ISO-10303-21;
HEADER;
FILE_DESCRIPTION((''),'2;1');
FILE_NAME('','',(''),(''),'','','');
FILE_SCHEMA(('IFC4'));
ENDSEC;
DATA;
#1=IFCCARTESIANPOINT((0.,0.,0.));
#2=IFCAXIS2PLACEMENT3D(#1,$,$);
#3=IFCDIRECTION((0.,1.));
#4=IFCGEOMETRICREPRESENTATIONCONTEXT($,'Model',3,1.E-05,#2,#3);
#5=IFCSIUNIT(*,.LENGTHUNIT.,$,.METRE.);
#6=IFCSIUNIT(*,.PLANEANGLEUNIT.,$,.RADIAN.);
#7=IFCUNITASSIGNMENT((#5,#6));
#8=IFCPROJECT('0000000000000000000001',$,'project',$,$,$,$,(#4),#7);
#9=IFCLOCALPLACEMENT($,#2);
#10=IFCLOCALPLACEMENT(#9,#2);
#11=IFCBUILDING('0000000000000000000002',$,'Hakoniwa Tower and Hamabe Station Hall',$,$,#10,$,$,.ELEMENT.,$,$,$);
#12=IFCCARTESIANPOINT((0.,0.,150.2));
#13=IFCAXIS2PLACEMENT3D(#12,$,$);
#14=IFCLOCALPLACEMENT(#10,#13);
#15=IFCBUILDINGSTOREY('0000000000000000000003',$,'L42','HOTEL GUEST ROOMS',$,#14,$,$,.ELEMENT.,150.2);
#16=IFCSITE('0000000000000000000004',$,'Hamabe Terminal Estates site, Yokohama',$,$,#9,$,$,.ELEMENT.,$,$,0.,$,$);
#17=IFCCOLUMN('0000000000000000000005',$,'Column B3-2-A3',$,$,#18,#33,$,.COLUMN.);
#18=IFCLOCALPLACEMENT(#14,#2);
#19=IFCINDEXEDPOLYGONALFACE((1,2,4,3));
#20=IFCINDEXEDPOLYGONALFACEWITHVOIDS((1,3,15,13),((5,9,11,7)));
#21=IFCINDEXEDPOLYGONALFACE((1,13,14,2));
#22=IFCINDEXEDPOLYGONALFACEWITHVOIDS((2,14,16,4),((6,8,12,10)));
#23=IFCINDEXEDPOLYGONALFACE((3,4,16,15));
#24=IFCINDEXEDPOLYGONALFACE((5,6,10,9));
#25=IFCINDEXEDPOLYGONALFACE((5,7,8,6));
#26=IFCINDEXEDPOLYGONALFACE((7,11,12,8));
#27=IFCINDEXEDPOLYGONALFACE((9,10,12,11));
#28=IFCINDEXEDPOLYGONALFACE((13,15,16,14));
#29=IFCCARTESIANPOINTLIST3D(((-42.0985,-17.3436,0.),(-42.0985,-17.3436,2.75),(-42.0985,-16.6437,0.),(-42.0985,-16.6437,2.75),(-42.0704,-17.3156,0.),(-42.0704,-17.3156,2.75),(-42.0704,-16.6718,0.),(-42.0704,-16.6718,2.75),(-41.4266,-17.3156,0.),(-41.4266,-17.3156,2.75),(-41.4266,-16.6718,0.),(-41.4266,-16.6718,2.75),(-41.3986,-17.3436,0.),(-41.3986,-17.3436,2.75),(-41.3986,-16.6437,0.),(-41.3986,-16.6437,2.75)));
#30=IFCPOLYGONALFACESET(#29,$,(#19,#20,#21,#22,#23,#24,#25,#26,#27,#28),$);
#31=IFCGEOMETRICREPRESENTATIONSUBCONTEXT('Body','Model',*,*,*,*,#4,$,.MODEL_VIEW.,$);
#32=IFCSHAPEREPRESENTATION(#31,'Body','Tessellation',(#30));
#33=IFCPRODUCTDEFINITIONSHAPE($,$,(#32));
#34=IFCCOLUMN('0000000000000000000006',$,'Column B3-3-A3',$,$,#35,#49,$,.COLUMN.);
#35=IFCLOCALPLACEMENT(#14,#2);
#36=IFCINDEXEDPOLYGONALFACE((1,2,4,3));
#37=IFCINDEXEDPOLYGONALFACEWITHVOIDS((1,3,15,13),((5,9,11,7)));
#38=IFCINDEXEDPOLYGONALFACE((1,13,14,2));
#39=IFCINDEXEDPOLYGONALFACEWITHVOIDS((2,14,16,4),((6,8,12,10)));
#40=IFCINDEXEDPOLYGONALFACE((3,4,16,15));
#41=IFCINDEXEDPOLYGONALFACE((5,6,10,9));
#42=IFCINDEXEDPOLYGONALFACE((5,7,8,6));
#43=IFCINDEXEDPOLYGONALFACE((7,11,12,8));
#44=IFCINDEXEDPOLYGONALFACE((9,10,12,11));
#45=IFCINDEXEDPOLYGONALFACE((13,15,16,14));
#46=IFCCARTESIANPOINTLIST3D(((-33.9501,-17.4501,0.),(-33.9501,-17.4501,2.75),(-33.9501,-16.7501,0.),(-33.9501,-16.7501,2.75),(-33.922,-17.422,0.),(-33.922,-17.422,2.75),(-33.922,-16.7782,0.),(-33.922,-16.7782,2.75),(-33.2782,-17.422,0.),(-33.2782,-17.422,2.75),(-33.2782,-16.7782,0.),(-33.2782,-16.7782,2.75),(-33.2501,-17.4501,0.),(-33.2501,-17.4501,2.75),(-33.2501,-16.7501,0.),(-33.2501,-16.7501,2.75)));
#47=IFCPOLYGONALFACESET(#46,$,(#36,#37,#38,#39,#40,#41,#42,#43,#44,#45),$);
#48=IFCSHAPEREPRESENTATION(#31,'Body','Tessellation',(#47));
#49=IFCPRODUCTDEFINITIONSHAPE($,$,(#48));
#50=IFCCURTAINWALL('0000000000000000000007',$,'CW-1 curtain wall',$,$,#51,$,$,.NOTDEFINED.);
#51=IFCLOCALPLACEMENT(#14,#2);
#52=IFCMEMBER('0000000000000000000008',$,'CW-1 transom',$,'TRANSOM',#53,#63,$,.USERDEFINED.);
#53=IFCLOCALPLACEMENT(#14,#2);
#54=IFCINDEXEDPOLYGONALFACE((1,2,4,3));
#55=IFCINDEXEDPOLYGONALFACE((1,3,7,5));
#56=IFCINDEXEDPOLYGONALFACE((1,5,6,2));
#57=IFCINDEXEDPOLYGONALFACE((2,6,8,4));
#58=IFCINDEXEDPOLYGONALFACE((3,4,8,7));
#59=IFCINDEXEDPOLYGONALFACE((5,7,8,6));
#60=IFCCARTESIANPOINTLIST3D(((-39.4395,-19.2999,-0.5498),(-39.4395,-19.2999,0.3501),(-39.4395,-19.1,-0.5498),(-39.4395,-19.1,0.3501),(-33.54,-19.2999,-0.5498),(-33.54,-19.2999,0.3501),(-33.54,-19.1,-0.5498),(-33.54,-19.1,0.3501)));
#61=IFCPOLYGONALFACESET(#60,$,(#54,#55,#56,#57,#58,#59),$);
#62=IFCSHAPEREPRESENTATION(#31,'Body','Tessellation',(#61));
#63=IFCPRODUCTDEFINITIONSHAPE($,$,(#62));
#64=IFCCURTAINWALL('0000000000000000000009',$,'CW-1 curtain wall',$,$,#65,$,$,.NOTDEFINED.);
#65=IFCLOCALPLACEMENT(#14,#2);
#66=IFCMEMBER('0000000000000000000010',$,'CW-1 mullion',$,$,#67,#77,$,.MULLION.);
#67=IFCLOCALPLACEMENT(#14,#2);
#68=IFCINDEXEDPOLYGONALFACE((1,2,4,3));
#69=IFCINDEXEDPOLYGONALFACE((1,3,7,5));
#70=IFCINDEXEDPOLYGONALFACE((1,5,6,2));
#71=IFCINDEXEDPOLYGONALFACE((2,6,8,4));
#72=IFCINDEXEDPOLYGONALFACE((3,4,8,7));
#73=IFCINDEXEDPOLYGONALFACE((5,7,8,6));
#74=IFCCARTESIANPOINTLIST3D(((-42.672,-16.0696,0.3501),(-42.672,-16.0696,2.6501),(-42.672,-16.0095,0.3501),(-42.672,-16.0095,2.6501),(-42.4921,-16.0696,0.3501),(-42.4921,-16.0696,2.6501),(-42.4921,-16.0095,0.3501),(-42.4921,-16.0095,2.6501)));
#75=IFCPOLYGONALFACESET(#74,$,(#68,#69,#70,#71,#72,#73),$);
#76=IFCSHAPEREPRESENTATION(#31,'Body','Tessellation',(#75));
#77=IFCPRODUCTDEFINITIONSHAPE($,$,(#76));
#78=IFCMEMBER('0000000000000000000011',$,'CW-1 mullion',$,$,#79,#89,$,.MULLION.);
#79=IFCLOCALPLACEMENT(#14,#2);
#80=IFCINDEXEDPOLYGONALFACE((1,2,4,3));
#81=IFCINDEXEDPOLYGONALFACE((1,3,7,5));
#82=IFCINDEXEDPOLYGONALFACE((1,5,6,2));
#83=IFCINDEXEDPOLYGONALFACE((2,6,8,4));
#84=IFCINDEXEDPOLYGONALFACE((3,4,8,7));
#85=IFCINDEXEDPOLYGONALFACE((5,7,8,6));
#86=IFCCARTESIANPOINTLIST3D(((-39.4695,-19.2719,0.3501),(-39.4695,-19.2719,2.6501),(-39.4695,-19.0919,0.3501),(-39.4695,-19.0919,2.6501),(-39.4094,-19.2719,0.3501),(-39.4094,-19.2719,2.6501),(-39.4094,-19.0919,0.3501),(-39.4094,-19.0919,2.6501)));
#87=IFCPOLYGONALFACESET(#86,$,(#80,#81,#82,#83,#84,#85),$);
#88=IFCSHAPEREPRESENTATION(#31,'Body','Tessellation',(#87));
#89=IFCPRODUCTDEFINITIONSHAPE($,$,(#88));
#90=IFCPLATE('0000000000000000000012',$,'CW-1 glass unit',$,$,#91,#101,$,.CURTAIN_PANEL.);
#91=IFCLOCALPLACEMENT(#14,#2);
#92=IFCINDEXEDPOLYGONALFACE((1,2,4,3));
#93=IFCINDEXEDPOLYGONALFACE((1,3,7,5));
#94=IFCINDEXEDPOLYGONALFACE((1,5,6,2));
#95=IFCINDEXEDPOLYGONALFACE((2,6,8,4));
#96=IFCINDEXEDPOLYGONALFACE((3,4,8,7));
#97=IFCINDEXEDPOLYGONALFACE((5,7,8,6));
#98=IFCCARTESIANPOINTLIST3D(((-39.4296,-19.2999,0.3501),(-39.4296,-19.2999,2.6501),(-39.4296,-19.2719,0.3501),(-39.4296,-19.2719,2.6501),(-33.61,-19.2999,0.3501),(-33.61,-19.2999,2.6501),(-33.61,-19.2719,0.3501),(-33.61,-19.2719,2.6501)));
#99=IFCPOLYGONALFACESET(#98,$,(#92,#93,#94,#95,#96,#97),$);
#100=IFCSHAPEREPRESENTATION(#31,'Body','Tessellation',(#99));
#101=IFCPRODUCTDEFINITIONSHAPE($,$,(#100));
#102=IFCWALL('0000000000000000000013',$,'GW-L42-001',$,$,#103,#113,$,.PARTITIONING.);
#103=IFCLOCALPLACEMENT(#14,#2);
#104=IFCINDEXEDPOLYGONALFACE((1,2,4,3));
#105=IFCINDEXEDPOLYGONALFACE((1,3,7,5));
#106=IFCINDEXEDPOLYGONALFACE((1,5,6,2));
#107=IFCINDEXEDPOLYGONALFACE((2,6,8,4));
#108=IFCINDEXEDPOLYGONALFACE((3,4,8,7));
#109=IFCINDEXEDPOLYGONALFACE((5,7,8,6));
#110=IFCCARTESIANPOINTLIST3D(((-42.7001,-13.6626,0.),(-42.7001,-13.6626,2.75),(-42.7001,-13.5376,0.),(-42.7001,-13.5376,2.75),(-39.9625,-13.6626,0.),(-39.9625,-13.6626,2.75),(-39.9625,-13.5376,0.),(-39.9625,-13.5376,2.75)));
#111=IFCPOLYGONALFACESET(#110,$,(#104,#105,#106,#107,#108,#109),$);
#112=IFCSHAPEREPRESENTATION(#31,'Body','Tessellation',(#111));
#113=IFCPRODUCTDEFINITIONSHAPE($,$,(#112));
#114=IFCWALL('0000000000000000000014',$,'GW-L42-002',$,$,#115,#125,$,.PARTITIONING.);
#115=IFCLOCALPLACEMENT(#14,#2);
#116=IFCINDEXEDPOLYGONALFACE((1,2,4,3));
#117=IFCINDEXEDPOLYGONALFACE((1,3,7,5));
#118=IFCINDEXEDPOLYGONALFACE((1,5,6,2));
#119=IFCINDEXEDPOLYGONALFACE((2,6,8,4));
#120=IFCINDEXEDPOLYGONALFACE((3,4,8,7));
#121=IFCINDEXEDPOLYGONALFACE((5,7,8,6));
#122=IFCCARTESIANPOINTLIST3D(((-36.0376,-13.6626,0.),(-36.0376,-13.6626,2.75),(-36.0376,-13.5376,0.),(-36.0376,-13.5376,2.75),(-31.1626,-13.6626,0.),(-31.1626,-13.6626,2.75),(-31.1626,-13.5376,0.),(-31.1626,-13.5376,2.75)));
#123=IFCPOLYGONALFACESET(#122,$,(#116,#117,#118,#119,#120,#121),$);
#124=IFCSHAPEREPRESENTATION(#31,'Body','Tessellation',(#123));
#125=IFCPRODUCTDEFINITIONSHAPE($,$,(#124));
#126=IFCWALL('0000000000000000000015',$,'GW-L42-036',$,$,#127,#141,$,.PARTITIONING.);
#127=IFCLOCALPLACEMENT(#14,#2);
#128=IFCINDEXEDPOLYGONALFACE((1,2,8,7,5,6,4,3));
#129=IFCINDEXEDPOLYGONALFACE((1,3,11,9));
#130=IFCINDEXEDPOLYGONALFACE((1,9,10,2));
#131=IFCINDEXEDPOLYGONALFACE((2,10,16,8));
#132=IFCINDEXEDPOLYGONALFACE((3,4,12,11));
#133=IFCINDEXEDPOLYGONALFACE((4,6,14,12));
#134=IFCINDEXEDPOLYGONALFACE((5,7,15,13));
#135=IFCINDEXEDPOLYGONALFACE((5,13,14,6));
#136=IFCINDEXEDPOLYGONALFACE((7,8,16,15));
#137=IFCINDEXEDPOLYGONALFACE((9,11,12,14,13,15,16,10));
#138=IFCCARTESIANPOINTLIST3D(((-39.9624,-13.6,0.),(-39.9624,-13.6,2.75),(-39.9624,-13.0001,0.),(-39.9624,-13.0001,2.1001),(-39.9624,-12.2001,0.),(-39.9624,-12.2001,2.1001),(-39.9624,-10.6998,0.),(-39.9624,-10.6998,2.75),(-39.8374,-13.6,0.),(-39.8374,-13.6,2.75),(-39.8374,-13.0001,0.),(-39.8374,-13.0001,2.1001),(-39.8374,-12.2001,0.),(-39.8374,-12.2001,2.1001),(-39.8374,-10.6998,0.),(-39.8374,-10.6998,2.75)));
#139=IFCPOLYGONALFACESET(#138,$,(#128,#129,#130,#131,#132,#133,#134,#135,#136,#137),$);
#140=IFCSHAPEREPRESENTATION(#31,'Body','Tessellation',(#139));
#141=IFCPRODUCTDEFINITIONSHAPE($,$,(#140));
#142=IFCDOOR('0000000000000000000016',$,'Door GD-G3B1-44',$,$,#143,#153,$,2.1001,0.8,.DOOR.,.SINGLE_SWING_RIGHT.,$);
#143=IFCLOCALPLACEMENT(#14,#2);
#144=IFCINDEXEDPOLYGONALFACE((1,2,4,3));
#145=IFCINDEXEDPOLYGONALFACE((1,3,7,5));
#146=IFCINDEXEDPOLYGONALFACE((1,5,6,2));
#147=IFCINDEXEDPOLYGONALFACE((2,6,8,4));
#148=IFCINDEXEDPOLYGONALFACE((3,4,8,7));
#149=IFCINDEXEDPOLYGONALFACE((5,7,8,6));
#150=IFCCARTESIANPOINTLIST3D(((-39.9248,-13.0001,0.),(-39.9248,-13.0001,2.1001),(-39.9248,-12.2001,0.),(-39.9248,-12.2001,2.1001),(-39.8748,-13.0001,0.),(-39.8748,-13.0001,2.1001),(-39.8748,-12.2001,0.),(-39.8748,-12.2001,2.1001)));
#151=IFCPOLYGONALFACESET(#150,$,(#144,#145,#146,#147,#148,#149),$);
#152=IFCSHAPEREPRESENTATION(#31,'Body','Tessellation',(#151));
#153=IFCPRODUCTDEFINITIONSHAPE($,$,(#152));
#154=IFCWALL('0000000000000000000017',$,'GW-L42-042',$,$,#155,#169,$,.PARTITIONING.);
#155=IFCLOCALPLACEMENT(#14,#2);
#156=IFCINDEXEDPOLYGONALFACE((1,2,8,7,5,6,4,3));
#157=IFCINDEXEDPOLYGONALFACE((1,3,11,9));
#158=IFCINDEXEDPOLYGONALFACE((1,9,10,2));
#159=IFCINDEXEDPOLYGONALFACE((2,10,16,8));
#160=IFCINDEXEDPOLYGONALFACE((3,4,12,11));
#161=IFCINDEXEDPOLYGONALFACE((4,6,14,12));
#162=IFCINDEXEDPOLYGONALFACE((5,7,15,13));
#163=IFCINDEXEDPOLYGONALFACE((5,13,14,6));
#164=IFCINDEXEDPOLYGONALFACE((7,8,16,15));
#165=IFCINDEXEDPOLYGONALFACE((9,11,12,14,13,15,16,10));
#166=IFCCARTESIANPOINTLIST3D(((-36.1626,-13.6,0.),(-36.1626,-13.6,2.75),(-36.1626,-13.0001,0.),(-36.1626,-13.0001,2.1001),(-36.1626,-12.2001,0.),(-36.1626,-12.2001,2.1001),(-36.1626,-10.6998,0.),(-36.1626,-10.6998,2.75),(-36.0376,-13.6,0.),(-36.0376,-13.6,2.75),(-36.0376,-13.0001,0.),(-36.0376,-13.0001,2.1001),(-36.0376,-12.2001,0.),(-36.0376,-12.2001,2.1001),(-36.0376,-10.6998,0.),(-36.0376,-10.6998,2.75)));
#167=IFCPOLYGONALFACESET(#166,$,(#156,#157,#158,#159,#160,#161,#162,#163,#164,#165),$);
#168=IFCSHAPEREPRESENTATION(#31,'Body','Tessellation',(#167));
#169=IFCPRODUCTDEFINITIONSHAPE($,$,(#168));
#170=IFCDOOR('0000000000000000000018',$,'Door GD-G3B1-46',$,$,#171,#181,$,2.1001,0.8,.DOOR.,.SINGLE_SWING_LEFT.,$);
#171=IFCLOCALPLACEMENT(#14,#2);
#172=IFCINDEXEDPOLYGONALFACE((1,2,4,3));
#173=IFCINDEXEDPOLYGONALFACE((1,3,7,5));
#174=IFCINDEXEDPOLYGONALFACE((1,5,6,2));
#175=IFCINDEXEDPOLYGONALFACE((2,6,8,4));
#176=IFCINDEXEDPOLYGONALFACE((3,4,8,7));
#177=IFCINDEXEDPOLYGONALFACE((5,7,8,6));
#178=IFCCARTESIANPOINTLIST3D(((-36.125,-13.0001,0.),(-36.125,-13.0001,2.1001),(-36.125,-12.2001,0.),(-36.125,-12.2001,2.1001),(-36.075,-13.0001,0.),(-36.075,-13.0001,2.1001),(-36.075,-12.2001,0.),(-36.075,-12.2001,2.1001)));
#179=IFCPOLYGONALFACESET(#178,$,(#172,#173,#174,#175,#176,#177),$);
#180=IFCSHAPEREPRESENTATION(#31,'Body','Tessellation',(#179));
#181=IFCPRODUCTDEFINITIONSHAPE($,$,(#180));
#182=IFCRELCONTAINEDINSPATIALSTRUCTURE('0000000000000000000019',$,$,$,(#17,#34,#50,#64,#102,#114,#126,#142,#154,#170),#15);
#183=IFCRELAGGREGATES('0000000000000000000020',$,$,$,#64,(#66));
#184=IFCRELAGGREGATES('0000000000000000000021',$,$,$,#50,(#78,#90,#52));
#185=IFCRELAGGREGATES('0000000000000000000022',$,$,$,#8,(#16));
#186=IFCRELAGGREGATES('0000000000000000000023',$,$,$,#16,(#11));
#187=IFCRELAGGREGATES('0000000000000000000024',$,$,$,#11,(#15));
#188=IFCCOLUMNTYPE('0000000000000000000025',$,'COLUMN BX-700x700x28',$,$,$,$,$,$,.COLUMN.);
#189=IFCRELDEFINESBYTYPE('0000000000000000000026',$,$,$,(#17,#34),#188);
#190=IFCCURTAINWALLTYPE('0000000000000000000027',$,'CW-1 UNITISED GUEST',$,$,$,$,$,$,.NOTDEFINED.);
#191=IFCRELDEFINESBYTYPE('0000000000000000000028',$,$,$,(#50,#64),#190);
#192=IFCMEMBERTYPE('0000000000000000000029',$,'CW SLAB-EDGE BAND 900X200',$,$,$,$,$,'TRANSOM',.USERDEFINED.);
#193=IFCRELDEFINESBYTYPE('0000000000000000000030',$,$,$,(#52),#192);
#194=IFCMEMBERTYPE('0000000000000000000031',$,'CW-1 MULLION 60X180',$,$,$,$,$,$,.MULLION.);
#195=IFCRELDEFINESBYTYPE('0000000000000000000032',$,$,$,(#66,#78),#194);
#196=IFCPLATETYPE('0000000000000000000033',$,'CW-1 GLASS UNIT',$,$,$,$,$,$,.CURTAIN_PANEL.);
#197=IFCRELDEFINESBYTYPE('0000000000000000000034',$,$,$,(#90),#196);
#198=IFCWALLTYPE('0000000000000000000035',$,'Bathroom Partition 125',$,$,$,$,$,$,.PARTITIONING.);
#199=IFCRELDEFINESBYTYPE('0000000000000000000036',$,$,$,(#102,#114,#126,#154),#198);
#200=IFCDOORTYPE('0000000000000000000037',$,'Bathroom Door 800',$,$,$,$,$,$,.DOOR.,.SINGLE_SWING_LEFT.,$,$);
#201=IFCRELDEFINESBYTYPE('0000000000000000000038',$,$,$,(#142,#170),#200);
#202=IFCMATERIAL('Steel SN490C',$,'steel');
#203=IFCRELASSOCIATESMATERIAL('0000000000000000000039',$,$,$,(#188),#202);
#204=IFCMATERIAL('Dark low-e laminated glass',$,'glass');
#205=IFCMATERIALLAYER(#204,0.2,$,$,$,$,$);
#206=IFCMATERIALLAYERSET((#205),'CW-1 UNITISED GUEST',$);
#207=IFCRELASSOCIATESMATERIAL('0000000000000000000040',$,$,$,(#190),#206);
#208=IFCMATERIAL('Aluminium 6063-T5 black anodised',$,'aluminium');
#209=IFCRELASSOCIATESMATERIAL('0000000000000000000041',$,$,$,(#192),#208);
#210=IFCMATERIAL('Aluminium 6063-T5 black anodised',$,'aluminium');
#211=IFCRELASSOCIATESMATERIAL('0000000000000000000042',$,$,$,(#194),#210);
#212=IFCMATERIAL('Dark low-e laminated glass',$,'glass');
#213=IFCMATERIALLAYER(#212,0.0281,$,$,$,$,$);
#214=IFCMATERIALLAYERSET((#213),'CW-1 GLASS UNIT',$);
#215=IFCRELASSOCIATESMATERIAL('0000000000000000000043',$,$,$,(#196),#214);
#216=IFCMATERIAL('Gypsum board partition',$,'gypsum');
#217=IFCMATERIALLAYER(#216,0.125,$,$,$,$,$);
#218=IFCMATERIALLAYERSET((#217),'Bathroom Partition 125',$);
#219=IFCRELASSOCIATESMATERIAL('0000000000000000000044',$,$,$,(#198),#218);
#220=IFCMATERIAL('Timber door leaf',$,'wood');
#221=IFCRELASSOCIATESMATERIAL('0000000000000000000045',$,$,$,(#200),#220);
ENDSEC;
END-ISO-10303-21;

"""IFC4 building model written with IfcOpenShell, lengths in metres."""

from ifc_helpers import new_model, si_unit, direction, frame, frame_2d, origin, origin_2d, place, context, subcontext, project, spatial, rectangle, hollow_rectangle, extrude, material, layer, layer_set, material_profile, profile_set, type_object, element, fill, aggregate, save


model = new_model("IFC4")

# Units and contexts
model_context = context("Model", 3, precision=1e-05, world=origin(), true_north=direction((0.0, 1.0)))
body_context = subcontext(model_context, "Body", "Model", "MODEL_VIEW")
ifc_project = project(units=[si_unit("LENGTHUNIT", "METRE"), si_unit("PLANEANGLEUNIT", "RADIAN")], contexts=[model_context])

# Site, building, storey
site_placement = place(None, origin())
site = spatial("IfcSite", under=ifc_project, at=site_placement, Name="Hamabe Terminal Estates site, Yokohama", CompositionType="ELEMENT", RefElevation=0.0)
building_placement = place(site_placement, origin())
building = spatial("IfcBuilding", under=site, at=building_placement, Name="Hakoniwa Tower and Hamabe Station Hall", CompositionType="ELEMENT")
storey_placement = place(building_placement, frame((0.0, 0.0, 150.2)))
storey = spatial("IfcBuildingStorey", under=building, at=storey_placement, Name="L42", Description="HOTEL GUEST ROOMS", CompositionType="ELEMENT", Elevation=150.2)

# Columns
ifc_material_1 = material(Name="Steel SN490C", Category="steel")
ifc_material_profile_1 = material_profile(ifc_material_1, hollow_rectangle(XDim=0.7, YDim=0.7, WallThickness=0.0281, at=origin_2d()), Name="BX-700x700x28")
ifc_profile_set_1 = profile_set([ifc_material_profile_1], Name="Steel SN490C")
column_type = type_object("IfcColumnType", Name="COLUMN BX-700x700x28", PredefinedType="COLUMN", material=ifc_profile_set_1)
for number, where, z_axis, x_axis, name in (
    (1, (-41.7485, -16.9937, 0.0), (0.0, 0.0, 1.0), (1.0, 0.0, 0.0), "Column B3-2-A3"),
    (2, (-33.6001, -17.1001, 0.0), (0.0, 0.0, 1.0), (1.0, 0.0, 0.0), "Column B3-3-A3"),
):
    element("IfcColumn", number, at=place(storey_placement, frame(where, z_axis=z_axis, x_axis=x_axis)), inside=storey, type_object=column_type, Name=name, PredefinedType="COLUMN", context=body_context, shape_type="SweptSolid", body=[
        extrude(hollow_rectangle(XDim=0.7, YDim=0.7, WallThickness=0.0281, at=origin_2d()), origin(), (0.0, 0.0, 1.0), 2.75),
    ])

# Curtain walls, members
ifc_material_2 = material(Name="Dark low-e laminated glass", Category="glass")
ifc_layer_1 = layer(ifc_material_2, 0.2)
ifc_layer_set_1 = layer_set([ifc_layer_1], Name="CW-1 UNITISED GUEST")
curtain_wall_type = type_object("IfcCurtainWallType", Name="CW-1 UNITISED GUEST", PredefinedType="NOTDEFINED", material=ifc_layer_set_1)
curtain_wall_1_placement = place(storey_placement, origin())
curtain_wall_1 = element("IfcCurtainWall", 3, at=curtain_wall_1_placement, inside=storey, type_object=curtain_wall_type, Name="CW-1 curtain wall", PredefinedType="NOTDEFINED")
ifc_material_3 = material(Name="Aluminium 6063-T5 black anodised", Category="aluminium")
ifc_material_profile_2 = material_profile(ifc_material_3, rectangle(XDim=0.2, YDim=0.8999, at=origin_2d()), Name="CW SLAB-EDGE BAND 900X200")
ifc_profile_set_2 = profile_set([ifc_material_profile_2], Name="Aluminium 6063-T5 black anodised")
member_type_1 = type_object("IfcMemberType", Name="CW SLAB-EDGE BAND 900X200", ElementType="TRANSOM", PredefinedType="USERDEFINED", material=ifc_profile_set_2)
member_1_placement = place(storey_placement, frame((-39.4395, -19.2, -0.0999), z_axis=(1.0, 0.0, 0.0), x_axis=(0.0, 1.0, 0.0)))
member_1 = element("IfcMember", 4, at=member_1_placement, type_object=member_type_1, Name="CW-1 transom", ObjectType="TRANSOM", PredefinedType="USERDEFINED", context=body_context, shape_type="SweptSolid", body=[
    extrude(rectangle(XDim=0.2, YDim=0.8999, at=origin_2d()), origin(), (0.0, 0.0, 1.0), 5.8994),
])
curtain_wall_2_placement = place(storey_placement, origin())
curtain_wall_2 = element("IfcCurtainWall", 5, at=curtain_wall_2_placement, inside=storey, type_object=curtain_wall_type, Name="CW-1 curtain wall", PredefinedType="NOTDEFINED")
ifc_material_4 = material(Name="Aluminium 6063-T5 black anodised", Category="aluminium")
ifc_material_profile_3 = material_profile(ifc_material_4, rectangle(XDim=0.0601, YDim=0.1799, at=origin_2d()), Name="CW-1 MULLION 60X180")
ifc_profile_set_3 = profile_set([ifc_material_profile_3], Name="Aluminium 6063-T5 black anodised")
member_type_2 = type_object("IfcMemberType", Name="CW-1 MULLION 60X180", PredefinedType="MULLION", material=ifc_profile_set_3)
member_2_placement = place(storey_placement, frame((-42.582, -16.0396, 0.3501), z_axis=(0.0, 0.0, 1.0), x_axis=(0.0, -1.0, 0.0)))
member_2 = element("IfcMember", 6, at=member_2_placement, type_object=member_type_2, Name="CW-1 mullion", PredefinedType="MULLION", context=body_context, shape_type="SweptSolid", body=[
    extrude(rectangle(XDim=0.0601, YDim=0.1799, at=origin_2d()), origin(), (0.0, 0.0, 1.0), 2.3),
])
aggregate(curtain_wall_2, [member_2])

# Member
member_3_placement = place(storey_placement, frame((-39.4395, -19.1819, 0.3501), z_axis=(0.0, 0.0, 1.0), x_axis=(1.0, 0.0, 0.0)))
member_3 = element("IfcMember", 7, at=member_3_placement, type_object=member_type_2, Name="CW-1 mullion", PredefinedType="MULLION", context=body_context, shape_type="SweptSolid", body=[
    extrude(rectangle(XDim=0.0601, YDim=0.1799, at=origin_2d()), origin(), (0.0, 0.0, 1.0), 2.3),
])

# Plate
ifc_material_5 = material(Name="Dark low-e laminated glass", Category="glass")
ifc_layer_2 = layer(ifc_material_5, 0.0281)
ifc_layer_set_2 = layer_set([ifc_layer_2], Name="CW-1 GLASS UNIT")
plate_type = type_object("IfcPlateType", Name="CW-1 GLASS UNIT", PredefinedType="CURTAIN_PANEL", material=ifc_layer_set_2)
plate_placement = place(storey_placement, frame((-36.5198, -19.2859, 0.3501), z_axis=(0.0, 0.0, 1.0), x_axis=(1.0, 0.0, 0.0)))
plate = element("IfcPlate", 8, at=plate_placement, type_object=plate_type, Name="CW-1 glass unit", PredefinedType="CURTAIN_PANEL", context=body_context, shape_type="SweptSolid", body=[
    extrude(rectangle(XDim=5.8196, YDim=0.0281, at=origin_2d()), origin(), (0.0, 0.0, 1.0), 2.3),
])

# Walls
ifc_material_6 = material(Name="Gypsum board partition", Category="gypsum")
ifc_layer_3 = layer(ifc_material_6, 0.125)
ifc_layer_set_3 = layer_set([ifc_layer_3], Name="Bathroom Partition 125")
wall_type_1 = type_object("IfcWallType", Name="Bathroom Partition 125", PredefinedType="PARTITIONING", material=ifc_layer_set_3)
wall_1_placement = place(storey_placement, frame((-42.7, -13.6001, 0.0), z_axis=(0.0, 0.0, 1.0), x_axis=(1.0, 0.0, 0.0)))
element("IfcWall", 9, at=wall_1_placement, inside=storey, type_object=wall_type_1, Name="GW-L42-001", PredefinedType="PARTITIONING", context=body_context, shape_type="SweptSolid", body=[
    extrude(rectangle(XDim=2.7375, YDim=0.125, at=frame_2d((1.3687, 0.0))), origin(), (0.0, 0.0, 1.0), 2.75),
])
wall_2_placement = place(storey_placement, frame((-36.0376, -13.6001, 0.0), z_axis=(0.0, 0.0, 1.0), x_axis=(1.0, 0.0, 0.0)))
element("IfcWall", 10, at=wall_2_placement, inside=storey, type_object=wall_type_1, Name="GW-L42-002", PredefinedType="PARTITIONING", context=body_context, shape_type="SweptSolid", body=[
    extrude(rectangle(XDim=4.875, YDim=0.125, at=frame_2d((2.4375, 0.0))), origin(), (0.0, 0.0, 1.0), 2.75),
])

# Walls, openings, doors
wall_3_placement = place(storey_placement, frame((-39.8999, -13.6001, 0.0), z_axis=(0.0, 0.0, 1.0), x_axis=(0.0, 1.0, 0.0)))
wall_3 = element("IfcWall", 11, at=wall_3_placement, inside=storey, type_object=wall_type_1, Name="GW-L42-036", PredefinedType="PARTITIONING", context=body_context, shape_type="SweptSolid", body=[
    extrude(rectangle(XDim=2.9001, YDim=0.125, at=frame_2d((1.4502, 0.0))), origin(), (0.0, 0.0, 1.0), 2.75),
])
opening_1_placement = place(wall_3_placement, frame((0.6001, 0.0, 0.0)))
opening_1 = element("IfcOpeningElement", 12, at=opening_1_placement, cuts=wall_3, PredefinedType="OPENING", context=body_context, shape_type="SweptSolid", body=[
    extrude(rectangle(XDim=0.8, YDim=2.1001, at=frame_2d((0.3999, 1.05))), frame((0.0, 0.0725, 0.0), z_axis=(0.0, -1.0, 0.0), x_axis=(1.0, 0.0, 0.0)), (0.0, 0.0, 1.0), 0.145),
])
ifc_material_7 = material(Name="Timber door leaf", Category="wood")
door_type_1 = type_object("IfcDoorType", Name="Bathroom Door 800", OperationType="SINGLE_SWING_LEFT", PredefinedType="DOOR", material=ifc_material_7)
door_1_placement = place(opening_1_placement, origin())
door_1 = element("IfcDoor", 13, at=door_1_placement, inside=storey, type_object=door_type_1, Name="Door GD-G3B1-44", OperationType="SINGLE_SWING_RIGHT", OverallHeight=2.1001, OverallWidth=0.8, PredefinedType="DOOR", context=body_context, shape_type="SweptSolid", body=[
    extrude(rectangle(XDim=0.8, YDim=2.1001, at=frame_2d((0.3999, 1.05))), frame((0.0, 0.0249, 0.0), z_axis=(0.0, -1.0, 0.0), x_axis=(1.0, 0.0, 0.0)), (0.0, 0.0, 1.0), 0.05),
])
fill(opening_1, door_1)
wall_4_placement = place(storey_placement, frame((-36.1001, -13.6001, 0.0), z_axis=(0.0, 0.0, 1.0), x_axis=(0.0, 1.0, 0.0)))
wall_4 = element("IfcWall", 14, at=wall_4_placement, inside=storey, type_object=wall_type_1, Name="GW-L42-042", PredefinedType="PARTITIONING", context=body_context, shape_type="SweptSolid", body=[
    extrude(rectangle(XDim=2.9001, YDim=0.125, at=frame_2d((1.4502, 0.0))), origin(), (0.0, 0.0, 1.0), 2.75),
])
opening_2_placement = place(wall_4_placement, frame((0.6001, 0.0, 0.0)))
opening_2 = element("IfcOpeningElement", 15, at=opening_2_placement, cuts=wall_4, PredefinedType="OPENING", context=body_context, shape_type="SweptSolid", body=[
    extrude(rectangle(XDim=0.8, YDim=2.1001, at=frame_2d((0.3999, 1.05))), frame((0.0, 0.0725, 0.0), z_axis=(0.0, -1.0, 0.0), x_axis=(1.0, 0.0, 0.0)), (0.0, 0.0, 1.0), 0.145),
])
door_2_placement = place(opening_2_placement, origin())
door_2 = element("IfcDoor", 16, at=door_2_placement, inside=storey, type_object=door_type_1, Name="Door GD-G3B1-46", OperationType="SINGLE_SWING_LEFT", OverallHeight=2.1001, OverallWidth=0.8, PredefinedType="DOOR", context=body_context, shape_type="SweptSolid", body=[
    extrude(rectangle(XDim=0.8, YDim=2.1001, at=frame_2d((0.3999, 1.05))), frame((0.0, 0.0249, 0.0), z_axis=(0.0, -1.0, 0.0), x_axis=(1.0, 0.0, 0.0)), (0.0, 0.0, 1.0), 0.05),
])
fill(opening_2, door_2)
aggregate(curtain_wall_1, [member_3, plate, member_1])

save(model, "model.ifc")
